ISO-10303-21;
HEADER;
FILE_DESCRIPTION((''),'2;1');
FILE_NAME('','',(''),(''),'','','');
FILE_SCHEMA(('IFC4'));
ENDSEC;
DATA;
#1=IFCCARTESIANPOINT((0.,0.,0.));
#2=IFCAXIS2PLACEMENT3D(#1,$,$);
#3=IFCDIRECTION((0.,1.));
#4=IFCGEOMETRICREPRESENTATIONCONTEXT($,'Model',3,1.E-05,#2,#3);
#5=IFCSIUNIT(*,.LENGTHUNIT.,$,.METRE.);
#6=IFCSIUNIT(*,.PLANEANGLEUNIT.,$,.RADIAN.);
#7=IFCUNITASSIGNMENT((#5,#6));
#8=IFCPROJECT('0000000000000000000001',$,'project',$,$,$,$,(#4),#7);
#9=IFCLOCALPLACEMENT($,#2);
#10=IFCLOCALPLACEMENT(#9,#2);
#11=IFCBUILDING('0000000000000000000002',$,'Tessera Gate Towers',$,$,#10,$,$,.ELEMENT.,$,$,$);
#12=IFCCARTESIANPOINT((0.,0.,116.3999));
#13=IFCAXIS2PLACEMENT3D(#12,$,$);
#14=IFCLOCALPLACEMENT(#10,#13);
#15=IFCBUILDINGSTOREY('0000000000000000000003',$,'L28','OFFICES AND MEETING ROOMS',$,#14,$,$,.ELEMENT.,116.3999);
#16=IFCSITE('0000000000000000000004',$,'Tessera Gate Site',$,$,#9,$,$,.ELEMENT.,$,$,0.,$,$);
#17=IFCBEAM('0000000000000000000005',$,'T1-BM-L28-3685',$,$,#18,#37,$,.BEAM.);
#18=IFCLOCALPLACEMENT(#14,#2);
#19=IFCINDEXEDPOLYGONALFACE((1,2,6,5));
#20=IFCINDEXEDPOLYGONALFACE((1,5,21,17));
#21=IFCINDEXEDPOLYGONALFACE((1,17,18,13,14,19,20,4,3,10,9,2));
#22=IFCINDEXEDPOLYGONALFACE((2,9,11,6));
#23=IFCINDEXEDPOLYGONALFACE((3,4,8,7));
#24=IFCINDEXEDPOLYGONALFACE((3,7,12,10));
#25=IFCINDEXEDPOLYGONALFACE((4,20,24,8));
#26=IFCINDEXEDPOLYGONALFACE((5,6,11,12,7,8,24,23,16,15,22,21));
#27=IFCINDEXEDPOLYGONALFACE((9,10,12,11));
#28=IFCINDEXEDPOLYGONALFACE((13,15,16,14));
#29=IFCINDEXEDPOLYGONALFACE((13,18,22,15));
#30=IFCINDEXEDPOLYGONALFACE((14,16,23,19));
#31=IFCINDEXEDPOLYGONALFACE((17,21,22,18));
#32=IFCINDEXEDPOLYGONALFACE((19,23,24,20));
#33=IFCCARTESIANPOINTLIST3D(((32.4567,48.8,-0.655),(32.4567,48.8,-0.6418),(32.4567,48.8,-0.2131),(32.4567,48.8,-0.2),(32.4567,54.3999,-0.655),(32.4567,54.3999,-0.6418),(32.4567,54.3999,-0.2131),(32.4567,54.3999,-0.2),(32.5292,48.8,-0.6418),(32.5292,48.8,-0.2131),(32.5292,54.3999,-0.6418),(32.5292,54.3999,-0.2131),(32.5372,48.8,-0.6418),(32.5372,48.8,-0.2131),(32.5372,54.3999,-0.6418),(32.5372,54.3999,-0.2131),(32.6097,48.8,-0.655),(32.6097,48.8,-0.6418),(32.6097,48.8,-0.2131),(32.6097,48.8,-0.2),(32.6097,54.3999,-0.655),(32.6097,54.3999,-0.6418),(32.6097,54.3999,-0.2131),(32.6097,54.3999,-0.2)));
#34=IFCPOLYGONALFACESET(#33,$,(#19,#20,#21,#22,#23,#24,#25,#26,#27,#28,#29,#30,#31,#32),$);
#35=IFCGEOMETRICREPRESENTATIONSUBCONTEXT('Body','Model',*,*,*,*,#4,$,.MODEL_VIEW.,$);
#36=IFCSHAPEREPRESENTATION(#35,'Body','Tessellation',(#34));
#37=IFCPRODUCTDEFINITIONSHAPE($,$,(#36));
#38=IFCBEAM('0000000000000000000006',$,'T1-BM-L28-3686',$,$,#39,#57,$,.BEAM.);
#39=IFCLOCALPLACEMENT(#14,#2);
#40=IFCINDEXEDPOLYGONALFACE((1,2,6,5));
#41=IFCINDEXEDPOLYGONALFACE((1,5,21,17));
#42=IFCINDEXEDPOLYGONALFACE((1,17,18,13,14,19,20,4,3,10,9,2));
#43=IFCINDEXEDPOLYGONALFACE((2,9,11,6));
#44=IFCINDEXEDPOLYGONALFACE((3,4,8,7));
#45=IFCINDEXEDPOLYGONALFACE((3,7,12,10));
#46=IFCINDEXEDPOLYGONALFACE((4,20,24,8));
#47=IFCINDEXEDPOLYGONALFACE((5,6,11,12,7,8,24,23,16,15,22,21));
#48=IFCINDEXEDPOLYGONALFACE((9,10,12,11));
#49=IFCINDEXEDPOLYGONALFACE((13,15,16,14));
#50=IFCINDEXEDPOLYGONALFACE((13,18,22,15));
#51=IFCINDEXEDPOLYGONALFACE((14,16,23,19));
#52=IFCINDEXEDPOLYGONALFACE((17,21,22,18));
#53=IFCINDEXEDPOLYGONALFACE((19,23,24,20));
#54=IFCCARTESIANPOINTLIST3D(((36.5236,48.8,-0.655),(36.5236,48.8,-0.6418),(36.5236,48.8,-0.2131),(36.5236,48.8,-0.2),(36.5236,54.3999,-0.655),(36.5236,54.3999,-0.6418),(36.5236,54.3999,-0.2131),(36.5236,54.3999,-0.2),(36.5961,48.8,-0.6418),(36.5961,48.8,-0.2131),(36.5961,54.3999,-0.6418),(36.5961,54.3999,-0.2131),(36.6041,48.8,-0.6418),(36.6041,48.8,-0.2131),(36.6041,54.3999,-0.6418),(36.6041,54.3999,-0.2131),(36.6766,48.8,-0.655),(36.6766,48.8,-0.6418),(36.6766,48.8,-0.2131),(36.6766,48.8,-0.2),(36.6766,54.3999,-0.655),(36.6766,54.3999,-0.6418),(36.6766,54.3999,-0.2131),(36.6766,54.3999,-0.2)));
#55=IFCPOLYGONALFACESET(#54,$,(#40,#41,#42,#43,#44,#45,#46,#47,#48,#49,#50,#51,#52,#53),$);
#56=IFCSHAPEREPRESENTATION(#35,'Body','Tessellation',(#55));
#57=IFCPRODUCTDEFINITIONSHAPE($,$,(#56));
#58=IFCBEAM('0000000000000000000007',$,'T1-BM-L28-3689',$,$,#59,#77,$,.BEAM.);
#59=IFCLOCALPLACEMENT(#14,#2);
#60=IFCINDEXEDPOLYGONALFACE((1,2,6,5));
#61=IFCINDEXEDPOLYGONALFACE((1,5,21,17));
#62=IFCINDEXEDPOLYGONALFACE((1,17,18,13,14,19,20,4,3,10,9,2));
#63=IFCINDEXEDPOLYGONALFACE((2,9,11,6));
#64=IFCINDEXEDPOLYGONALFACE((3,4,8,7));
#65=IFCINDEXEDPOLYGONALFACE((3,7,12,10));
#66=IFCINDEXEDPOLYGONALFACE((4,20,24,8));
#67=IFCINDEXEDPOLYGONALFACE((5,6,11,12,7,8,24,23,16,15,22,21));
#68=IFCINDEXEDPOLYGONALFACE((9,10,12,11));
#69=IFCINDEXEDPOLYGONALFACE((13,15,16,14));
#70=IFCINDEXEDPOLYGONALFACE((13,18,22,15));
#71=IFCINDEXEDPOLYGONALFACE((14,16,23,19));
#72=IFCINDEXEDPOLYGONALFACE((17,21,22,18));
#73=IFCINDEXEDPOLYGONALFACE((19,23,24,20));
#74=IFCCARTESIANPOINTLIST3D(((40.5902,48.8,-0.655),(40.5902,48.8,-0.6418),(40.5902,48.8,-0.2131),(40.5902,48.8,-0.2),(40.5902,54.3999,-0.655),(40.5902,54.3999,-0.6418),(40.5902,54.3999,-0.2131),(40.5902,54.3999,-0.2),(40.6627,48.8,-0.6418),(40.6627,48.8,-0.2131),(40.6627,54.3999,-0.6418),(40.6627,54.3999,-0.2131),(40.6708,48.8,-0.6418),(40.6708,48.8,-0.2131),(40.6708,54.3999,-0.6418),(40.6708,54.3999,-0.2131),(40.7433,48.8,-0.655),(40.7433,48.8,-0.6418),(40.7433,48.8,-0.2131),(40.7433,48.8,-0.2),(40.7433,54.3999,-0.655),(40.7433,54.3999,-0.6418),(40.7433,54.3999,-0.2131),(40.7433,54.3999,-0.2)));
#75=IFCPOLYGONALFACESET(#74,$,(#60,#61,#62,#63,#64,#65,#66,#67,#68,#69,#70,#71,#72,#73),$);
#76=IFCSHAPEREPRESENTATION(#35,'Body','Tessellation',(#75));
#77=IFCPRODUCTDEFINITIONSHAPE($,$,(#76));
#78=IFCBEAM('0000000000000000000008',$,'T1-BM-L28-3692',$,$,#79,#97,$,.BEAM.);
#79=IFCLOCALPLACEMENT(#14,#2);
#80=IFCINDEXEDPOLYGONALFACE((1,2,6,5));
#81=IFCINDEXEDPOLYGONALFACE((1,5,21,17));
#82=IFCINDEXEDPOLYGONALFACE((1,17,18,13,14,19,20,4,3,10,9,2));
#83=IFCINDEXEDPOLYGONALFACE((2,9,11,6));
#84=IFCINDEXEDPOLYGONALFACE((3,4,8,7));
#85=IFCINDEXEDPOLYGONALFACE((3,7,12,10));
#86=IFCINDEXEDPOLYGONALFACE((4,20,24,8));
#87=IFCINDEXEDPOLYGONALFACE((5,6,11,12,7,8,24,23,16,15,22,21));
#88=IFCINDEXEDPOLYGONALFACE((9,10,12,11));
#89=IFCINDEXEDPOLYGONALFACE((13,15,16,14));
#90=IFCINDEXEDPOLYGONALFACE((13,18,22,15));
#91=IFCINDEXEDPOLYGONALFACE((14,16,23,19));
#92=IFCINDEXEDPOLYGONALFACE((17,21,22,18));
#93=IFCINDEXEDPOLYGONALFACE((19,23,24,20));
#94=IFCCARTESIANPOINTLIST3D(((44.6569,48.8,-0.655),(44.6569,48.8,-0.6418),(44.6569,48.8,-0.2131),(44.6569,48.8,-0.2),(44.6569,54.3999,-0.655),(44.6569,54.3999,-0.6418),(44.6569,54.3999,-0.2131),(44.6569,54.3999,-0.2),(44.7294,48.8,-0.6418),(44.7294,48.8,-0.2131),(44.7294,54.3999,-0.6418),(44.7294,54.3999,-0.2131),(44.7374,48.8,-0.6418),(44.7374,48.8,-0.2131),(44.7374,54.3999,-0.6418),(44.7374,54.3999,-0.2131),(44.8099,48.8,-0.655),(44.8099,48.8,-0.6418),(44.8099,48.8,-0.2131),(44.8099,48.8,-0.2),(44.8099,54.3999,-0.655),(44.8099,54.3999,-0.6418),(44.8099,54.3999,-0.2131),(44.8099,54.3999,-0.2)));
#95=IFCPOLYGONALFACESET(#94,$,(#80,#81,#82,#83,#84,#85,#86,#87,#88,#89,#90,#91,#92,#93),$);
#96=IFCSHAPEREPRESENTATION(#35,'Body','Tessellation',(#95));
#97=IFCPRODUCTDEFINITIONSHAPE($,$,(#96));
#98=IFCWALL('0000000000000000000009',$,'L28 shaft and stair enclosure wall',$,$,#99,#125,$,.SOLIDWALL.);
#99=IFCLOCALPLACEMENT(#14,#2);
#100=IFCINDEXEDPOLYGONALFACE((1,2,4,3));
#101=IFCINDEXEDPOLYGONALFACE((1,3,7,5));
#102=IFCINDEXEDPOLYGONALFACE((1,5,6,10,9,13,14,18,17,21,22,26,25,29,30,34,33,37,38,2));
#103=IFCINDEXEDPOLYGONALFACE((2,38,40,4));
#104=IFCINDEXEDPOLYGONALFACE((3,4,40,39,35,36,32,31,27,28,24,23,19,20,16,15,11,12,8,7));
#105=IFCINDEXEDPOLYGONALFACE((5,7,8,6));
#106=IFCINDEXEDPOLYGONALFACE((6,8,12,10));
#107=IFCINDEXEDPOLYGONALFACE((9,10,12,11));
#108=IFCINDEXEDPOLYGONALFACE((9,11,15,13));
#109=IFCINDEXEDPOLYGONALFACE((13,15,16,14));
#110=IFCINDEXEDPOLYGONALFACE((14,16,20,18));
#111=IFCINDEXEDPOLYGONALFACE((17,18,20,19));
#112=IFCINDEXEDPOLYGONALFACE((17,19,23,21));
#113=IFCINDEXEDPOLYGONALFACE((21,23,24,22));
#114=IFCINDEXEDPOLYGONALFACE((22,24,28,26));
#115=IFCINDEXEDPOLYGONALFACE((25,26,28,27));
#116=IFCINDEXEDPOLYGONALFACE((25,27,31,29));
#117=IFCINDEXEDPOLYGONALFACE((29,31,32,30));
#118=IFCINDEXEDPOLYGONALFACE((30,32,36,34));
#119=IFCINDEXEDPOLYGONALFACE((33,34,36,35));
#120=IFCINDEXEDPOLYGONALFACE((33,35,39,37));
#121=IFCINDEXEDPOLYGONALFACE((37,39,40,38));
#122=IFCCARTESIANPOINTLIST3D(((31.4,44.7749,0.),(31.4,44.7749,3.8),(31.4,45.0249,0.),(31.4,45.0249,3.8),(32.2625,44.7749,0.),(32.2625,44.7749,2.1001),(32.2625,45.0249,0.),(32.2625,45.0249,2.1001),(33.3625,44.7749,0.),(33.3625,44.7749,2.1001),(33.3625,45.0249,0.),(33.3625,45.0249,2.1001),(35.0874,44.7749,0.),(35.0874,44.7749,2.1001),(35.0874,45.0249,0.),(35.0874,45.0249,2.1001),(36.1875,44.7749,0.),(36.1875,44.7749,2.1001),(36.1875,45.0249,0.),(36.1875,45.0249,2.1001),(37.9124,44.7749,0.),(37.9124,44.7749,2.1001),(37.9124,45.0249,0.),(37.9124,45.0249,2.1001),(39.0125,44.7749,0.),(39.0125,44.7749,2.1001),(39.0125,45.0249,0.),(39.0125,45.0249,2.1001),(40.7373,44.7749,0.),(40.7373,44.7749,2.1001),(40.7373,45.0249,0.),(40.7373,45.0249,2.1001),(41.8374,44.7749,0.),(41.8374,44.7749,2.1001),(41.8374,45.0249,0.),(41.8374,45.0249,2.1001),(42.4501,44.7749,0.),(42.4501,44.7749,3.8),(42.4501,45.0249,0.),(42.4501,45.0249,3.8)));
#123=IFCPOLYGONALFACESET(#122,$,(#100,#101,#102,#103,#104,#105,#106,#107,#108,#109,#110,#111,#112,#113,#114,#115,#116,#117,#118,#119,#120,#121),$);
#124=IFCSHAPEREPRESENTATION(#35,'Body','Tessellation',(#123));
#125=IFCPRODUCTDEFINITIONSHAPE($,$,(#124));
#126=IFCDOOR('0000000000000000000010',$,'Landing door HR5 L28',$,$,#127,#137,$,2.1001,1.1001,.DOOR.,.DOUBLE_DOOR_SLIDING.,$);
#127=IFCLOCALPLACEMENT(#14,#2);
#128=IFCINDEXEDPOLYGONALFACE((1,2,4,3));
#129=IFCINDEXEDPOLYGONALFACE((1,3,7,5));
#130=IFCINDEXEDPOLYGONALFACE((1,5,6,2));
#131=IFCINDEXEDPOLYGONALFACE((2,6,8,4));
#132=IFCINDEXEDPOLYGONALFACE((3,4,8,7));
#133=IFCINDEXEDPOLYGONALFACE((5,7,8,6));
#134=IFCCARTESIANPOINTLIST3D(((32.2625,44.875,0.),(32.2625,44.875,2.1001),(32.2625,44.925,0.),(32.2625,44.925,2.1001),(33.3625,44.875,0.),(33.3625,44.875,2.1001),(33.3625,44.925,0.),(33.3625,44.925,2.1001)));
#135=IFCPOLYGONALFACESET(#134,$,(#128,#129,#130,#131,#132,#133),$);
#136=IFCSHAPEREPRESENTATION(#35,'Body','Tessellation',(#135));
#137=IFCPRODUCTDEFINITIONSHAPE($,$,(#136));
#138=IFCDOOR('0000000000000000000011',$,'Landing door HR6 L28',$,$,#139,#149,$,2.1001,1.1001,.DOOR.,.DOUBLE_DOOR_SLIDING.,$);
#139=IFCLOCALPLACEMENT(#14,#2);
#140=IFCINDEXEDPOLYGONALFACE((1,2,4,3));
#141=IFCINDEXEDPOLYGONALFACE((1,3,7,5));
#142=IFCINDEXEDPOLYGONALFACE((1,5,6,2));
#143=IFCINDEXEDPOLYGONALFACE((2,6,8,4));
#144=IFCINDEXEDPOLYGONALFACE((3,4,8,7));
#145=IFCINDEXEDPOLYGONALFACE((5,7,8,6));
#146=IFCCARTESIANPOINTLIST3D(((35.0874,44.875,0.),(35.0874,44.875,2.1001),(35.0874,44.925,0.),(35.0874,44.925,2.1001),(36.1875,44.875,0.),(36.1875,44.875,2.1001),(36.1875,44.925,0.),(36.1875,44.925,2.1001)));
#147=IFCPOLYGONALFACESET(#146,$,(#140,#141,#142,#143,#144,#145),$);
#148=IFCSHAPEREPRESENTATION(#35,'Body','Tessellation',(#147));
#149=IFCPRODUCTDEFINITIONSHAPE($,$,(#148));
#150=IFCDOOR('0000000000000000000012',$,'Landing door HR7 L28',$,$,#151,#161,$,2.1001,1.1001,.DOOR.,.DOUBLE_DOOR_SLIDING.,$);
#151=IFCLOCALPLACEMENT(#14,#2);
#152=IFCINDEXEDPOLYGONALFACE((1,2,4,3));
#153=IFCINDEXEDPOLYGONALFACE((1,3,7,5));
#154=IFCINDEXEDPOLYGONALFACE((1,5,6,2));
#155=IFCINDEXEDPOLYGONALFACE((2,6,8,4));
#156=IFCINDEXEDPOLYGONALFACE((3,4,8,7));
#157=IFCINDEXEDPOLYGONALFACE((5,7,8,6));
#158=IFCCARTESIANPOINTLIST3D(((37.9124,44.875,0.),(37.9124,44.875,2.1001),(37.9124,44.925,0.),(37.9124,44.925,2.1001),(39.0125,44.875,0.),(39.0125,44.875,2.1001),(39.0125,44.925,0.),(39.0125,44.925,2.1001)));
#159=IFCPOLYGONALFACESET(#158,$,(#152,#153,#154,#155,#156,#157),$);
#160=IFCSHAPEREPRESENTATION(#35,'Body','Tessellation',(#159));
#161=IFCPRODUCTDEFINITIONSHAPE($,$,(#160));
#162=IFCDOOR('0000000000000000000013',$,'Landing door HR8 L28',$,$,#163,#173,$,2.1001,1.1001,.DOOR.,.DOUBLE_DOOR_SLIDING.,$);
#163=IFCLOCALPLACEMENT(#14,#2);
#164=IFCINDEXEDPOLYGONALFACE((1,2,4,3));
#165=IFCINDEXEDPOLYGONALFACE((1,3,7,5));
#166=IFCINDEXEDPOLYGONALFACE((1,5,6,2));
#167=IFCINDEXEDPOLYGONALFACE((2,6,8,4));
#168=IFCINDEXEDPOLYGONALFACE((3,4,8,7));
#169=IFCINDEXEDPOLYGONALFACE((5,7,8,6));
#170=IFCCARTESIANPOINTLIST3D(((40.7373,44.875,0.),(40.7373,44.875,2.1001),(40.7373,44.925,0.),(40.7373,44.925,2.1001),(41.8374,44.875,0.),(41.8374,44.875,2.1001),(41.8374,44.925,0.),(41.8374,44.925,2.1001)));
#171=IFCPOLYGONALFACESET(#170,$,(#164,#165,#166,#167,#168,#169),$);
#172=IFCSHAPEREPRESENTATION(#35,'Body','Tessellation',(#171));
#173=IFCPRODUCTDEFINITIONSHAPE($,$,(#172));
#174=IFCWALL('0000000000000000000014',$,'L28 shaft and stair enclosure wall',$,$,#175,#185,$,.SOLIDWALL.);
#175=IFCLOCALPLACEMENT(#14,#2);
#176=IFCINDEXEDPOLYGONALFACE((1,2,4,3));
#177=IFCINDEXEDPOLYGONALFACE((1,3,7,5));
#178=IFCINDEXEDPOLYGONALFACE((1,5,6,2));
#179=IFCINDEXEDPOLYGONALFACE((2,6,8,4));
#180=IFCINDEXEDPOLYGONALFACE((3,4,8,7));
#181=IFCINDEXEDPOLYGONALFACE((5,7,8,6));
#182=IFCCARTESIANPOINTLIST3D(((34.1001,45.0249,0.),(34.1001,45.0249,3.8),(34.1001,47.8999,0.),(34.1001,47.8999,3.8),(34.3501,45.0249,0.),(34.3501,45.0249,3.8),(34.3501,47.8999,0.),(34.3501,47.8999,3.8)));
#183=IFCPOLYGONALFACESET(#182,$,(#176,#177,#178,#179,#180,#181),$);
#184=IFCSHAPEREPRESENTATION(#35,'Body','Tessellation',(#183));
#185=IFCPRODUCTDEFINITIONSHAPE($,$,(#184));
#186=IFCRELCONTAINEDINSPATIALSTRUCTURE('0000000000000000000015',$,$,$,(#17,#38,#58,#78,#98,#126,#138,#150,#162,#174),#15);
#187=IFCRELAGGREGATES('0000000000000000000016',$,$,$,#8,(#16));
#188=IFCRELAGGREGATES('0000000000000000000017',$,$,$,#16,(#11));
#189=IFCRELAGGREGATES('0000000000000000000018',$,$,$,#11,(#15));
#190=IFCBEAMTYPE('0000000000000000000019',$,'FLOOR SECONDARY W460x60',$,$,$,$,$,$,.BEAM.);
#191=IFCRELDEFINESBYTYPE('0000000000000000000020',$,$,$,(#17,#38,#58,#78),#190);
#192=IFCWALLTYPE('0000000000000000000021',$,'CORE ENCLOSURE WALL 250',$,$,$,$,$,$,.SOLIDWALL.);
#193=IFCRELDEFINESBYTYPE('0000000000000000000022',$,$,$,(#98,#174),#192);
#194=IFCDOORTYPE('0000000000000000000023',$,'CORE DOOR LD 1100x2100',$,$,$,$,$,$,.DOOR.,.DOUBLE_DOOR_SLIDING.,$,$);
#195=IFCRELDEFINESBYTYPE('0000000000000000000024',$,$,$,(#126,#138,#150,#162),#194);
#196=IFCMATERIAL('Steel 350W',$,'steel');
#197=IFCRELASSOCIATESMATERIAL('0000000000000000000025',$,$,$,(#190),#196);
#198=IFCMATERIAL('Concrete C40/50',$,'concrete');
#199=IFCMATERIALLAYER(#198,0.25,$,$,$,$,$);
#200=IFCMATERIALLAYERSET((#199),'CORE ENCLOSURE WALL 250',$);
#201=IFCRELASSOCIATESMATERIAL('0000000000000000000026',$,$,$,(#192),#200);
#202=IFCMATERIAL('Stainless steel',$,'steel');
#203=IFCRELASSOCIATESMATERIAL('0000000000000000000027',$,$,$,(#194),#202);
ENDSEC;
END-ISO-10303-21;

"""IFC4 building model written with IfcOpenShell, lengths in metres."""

from ifc_helpers import new_model, si_unit, direction, frame, frame_2d, origin, origin_2d, place, context, subcontext, project, spatial, rectangle, i_section, extrude, source, transform, mapped, material, layer, layer_set, material_profile, profile_set, type_object, element, fill, save


model = new_model("IFC4")

# Units and contexts
model_context = context("Model", 3, precision=1e-05, world=origin(), true_north=direction((0.0, 1.0)))
body_context = subcontext(model_context, "Body", "Model", "MODEL_VIEW")
ifc_project = project(units=[si_unit("LENGTHUNIT", "METRE"), si_unit("PLANEANGLEUNIT", "RADIAN")], contexts=[model_context])

# Site, building, storey
site_placement = place(None, origin())
site = spatial("IfcSite", under=ifc_project, at=site_placement, Name="Tessera Gate Site", CompositionType="ELEMENT", RefElevation=0.0)
building_placement = place(site_placement, origin())
building = spatial("IfcBuilding", under=site, at=building_placement, Name="Tessera Gate Towers", CompositionType="ELEMENT")
storey_placement = place(building_placement, frame((0.0, 0.0, 116.3999)))
storey = spatial("IfcBuildingStorey", under=building, at=storey_placement, Name="L28", Description="OFFICES AND MEETING ROOMS", CompositionType="ELEMENT", Elevation=116.3999)

# Beams
ifc_material_1 = material(Name="Steel 350W", Category="steel")
ifc_material_profile = material_profile(ifc_material_1, i_section(OverallWidth=0.1531, OverallDepth=0.4551, WebThickness=0.0081, FlangeThickness=0.0132, at=origin_2d()), Name="W460x60")
ifc_profile_set = profile_set([ifc_material_profile], Name="Steel 350W")
beam_type = type_object("IfcBeamType", Name="FLOOR SECONDARY W460x60", PredefinedType="BEAM", material=ifc_profile_set)
for number, where, z_axis, x_axis, name in (
    (1, (32.5332, 48.8, -0.4275), (0.0, 1.0, 0.0), (-1.0, 0.0, 0.0), "T1-BM-L28-3685"),
    (2, (36.6001, 48.8, -0.4275), (0.0, 1.0, 0.0), (-1.0, 0.0, 0.0), "T1-BM-L28-3686"),
    (3, (40.6667, 48.8, -0.4275), (0.0, 1.0, 0.0), (-1.0, 0.0, 0.0), "T1-BM-L28-3689"),
    (4, (44.7334, 48.8, -0.4275), (0.0, 1.0, 0.0), (-1.0, 0.0, 0.0), "T1-BM-L28-3692"),
):
    element("IfcBeam", number, at=place(storey_placement, frame(where, z_axis=z_axis, x_axis=x_axis)), inside=storey, type_object=beam_type, Name=name, PredefinedType="BEAM", context=body_context, shape_type="SweptSolid", body=[
        extrude(i_section(OverallWidth=0.1531, OverallDepth=0.4551, WebThickness=0.0081, FlangeThickness=0.0132, at=origin_2d()), origin(), (0.0, 0.0, 1.0), 5.5999),
    ])

# Wall, openings, doors
ifc_material_2 = material(Name="Concrete C40/50", Category="concrete")
ifc_layer_1 = layer(ifc_material_2, 0.25)
ifc_layer_set_1 = layer_set([ifc_layer_1], Name="CORE ENCLOSURE WALL 250")
wall_type_1 = type_object("IfcWallType", Name="CORE ENCLOSURE WALL 250", PredefinedType="SOLIDWALL", material=ifc_layer_set_1)
wall_1_placement = place(storey_placement, frame((42.45, 44.8999, 0.0), z_axis=(0.0, 0.0, 1.0), x_axis=(-1.0, 0.0, 0.0)))
wall_1 = element("IfcWall", 5, at=wall_1_placement, inside=storey, type_object=wall_type_1, Name="L28 shaft and stair enclosure wall", PredefinedType="SOLIDWALL", context=body_context, shape_type="SweptSolid", body=[
    extrude(rectangle(XDim=11.05, YDim=0.25, at=frame_2d((5.5249, 0.0))), origin(), (0.0, 0.0, 1.0), 3.8),
])
shared_shape_1 = source(origin(), body_context, "Body", "SweptSolid", [
    extrude(rectangle(XDim=1.1001, YDim=2.1001, at=frame_2d((0.55, 1.05))), frame((0.0, 0.135, 0.0), z_axis=(0.0, -1.0, 0.0), x_axis=(1.0, 0.0, 0.0)), (0.0, 0.0, 1.0), 0.27),
])
opening_1_placement = place(wall_1_placement, frame((9.0874, 0.0, 0.0)))
opening_1 = element("IfcOpeningElement", 6, at=opening_1_placement, cuts=wall_1, PredefinedType="OPENING", context=body_context, shape_type="MappedRepresentation", body=[
    mapped(shared_shape_1, transform((0.0, 0.0, 0.0), scale=1.0)),
])
opening_2_placement = place(wall_1_placement, frame((6.2625, 0.0, 0.0)))
opening_2 = element("IfcOpeningElement", 7, at=opening_2_placement, cuts=wall_1, PredefinedType="OPENING", context=body_context, shape_type="MappedRepresentation", body=[
    mapped(shared_shape_1, transform((0.0, 0.0, 0.0), scale=1.0)),
])
opening_3_placement = place(wall_1_placement, frame((3.4375, 0.0, 0.0)))
opening_3 = element("IfcOpeningElement", 8, at=opening_3_placement, cuts=wall_1, PredefinedType="OPENING", context=body_context, shape_type="MappedRepresentation", body=[
    mapped(shared_shape_1, transform((0.0, 0.0, 0.0), scale=1.0)),
])
opening_4_placement = place(wall_1_placement, frame((0.6125, 0.0, 0.0)))
opening_4 = element("IfcOpeningElement", 9, at=opening_4_placement, cuts=wall_1, PredefinedType="OPENING", context=body_context, shape_type="MappedRepresentation", body=[
    mapped(shared_shape_1, transform((0.0, 0.0, 0.0), scale=1.0)),
])
ifc_material_3 = material(Name="Stainless steel", Category="steel")
door_type_1 = type_object("IfcDoorType", Name="CORE DOOR LD 1100x2100", OperationType="DOUBLE_DOOR_SLIDING", PredefinedType="DOOR", material=ifc_material_3)
shared_shape_2 = source(origin(), body_context, "Body", "SweptSolid", [
    extrude(rectangle(XDim=1.1001, YDim=2.1001, at=frame_2d((0.55, 1.05))), frame((0.0, 0.0249, 0.0), z_axis=(0.0, -1.0, 0.0), x_axis=(1.0, 0.0, 0.0)), (0.0, 0.0, 1.0), 0.05),
])
door_1_placement = place(opening_1_placement, origin())
door_1 = element("IfcDoor", 10, at=door_1_placement, inside=storey, type_object=door_type_1, Name="Landing door HR5 L28", OperationType="DOUBLE_DOOR_SLIDING", OverallHeight=2.1001, OverallWidth=1.1001, PredefinedType="DOOR", context=body_context, shape_type="MappedRepresentation", body=[
    mapped(shared_shape_2, transform((0.0, 0.0, 0.0), scale=1.0)),
])
fill(opening_1, door_1)
door_2_placement = place(opening_2_placement, origin())
door_2 = element("IfcDoor", 11, at=door_2_placement, inside=storey, type_object=door_type_1, Name="Landing door HR6 L28", OperationType="DOUBLE_DOOR_SLIDING", OverallHeight=2.1001, OverallWidth=1.1001, PredefinedType="DOOR", context=body_context, shape_type="MappedRepresentation", body=[
    mapped(shared_shape_2, transform((0.0, 0.0, 0.0), scale=1.0)),
])
fill(opening_2, door_2)
door_3_placement = place(opening_3_placement, origin())
door_3 = element("IfcDoor", 12, at=door_3_placement, inside=storey, type_object=door_type_1, Name="Landing door HR7 L28", OperationType="DOUBLE_DOOR_SLIDING", OverallHeight=2.1001, OverallWidth=1.1001, PredefinedType="DOOR", context=body_context, shape_type="MappedRepresentation", body=[
    mapped(shared_shape_2, transform((0.0, 0.0, 0.0), scale=1.0)),
])
fill(opening_3, door_3)
door_4_placement = place(opening_4_placement, origin())
door_4 = element("IfcDoor", 13, at=door_4_placement, inside=storey, type_object=door_type_1, Name="Landing door HR8 L28", OperationType="DOUBLE_DOOR_SLIDING", OverallHeight=2.1001, OverallWidth=1.1001, PredefinedType="DOOR", context=body_context, shape_type="MappedRepresentation", body=[
    mapped(shared_shape_2, transform((0.0, 0.0, 0.0), scale=1.0)),
])
fill(opening_4, door_4)

# Wall
for number, where, z_axis, x_axis, name in (
    (14, (34.2251, 45.0249, 0.0), (0.0, 0.0, 1.0), (0.0, 1.0, 0.0), "L28 shaft and stair enclosure wall"),
):
    element("IfcWall", number, at=place(storey_placement, frame(where, z_axis=z_axis, x_axis=x_axis)), inside=storey, type_object=wall_type_1, Name=name, PredefinedType="SOLIDWALL", context=body_context, shape_type="SweptSolid", body=[
        extrude(rectangle(XDim=2.875, YDim=0.25, at=frame_2d((1.4375, 0.0))), origin(), (0.0, 0.0, 1.0), 3.8),
    ])

save(model, "model.ifc")
